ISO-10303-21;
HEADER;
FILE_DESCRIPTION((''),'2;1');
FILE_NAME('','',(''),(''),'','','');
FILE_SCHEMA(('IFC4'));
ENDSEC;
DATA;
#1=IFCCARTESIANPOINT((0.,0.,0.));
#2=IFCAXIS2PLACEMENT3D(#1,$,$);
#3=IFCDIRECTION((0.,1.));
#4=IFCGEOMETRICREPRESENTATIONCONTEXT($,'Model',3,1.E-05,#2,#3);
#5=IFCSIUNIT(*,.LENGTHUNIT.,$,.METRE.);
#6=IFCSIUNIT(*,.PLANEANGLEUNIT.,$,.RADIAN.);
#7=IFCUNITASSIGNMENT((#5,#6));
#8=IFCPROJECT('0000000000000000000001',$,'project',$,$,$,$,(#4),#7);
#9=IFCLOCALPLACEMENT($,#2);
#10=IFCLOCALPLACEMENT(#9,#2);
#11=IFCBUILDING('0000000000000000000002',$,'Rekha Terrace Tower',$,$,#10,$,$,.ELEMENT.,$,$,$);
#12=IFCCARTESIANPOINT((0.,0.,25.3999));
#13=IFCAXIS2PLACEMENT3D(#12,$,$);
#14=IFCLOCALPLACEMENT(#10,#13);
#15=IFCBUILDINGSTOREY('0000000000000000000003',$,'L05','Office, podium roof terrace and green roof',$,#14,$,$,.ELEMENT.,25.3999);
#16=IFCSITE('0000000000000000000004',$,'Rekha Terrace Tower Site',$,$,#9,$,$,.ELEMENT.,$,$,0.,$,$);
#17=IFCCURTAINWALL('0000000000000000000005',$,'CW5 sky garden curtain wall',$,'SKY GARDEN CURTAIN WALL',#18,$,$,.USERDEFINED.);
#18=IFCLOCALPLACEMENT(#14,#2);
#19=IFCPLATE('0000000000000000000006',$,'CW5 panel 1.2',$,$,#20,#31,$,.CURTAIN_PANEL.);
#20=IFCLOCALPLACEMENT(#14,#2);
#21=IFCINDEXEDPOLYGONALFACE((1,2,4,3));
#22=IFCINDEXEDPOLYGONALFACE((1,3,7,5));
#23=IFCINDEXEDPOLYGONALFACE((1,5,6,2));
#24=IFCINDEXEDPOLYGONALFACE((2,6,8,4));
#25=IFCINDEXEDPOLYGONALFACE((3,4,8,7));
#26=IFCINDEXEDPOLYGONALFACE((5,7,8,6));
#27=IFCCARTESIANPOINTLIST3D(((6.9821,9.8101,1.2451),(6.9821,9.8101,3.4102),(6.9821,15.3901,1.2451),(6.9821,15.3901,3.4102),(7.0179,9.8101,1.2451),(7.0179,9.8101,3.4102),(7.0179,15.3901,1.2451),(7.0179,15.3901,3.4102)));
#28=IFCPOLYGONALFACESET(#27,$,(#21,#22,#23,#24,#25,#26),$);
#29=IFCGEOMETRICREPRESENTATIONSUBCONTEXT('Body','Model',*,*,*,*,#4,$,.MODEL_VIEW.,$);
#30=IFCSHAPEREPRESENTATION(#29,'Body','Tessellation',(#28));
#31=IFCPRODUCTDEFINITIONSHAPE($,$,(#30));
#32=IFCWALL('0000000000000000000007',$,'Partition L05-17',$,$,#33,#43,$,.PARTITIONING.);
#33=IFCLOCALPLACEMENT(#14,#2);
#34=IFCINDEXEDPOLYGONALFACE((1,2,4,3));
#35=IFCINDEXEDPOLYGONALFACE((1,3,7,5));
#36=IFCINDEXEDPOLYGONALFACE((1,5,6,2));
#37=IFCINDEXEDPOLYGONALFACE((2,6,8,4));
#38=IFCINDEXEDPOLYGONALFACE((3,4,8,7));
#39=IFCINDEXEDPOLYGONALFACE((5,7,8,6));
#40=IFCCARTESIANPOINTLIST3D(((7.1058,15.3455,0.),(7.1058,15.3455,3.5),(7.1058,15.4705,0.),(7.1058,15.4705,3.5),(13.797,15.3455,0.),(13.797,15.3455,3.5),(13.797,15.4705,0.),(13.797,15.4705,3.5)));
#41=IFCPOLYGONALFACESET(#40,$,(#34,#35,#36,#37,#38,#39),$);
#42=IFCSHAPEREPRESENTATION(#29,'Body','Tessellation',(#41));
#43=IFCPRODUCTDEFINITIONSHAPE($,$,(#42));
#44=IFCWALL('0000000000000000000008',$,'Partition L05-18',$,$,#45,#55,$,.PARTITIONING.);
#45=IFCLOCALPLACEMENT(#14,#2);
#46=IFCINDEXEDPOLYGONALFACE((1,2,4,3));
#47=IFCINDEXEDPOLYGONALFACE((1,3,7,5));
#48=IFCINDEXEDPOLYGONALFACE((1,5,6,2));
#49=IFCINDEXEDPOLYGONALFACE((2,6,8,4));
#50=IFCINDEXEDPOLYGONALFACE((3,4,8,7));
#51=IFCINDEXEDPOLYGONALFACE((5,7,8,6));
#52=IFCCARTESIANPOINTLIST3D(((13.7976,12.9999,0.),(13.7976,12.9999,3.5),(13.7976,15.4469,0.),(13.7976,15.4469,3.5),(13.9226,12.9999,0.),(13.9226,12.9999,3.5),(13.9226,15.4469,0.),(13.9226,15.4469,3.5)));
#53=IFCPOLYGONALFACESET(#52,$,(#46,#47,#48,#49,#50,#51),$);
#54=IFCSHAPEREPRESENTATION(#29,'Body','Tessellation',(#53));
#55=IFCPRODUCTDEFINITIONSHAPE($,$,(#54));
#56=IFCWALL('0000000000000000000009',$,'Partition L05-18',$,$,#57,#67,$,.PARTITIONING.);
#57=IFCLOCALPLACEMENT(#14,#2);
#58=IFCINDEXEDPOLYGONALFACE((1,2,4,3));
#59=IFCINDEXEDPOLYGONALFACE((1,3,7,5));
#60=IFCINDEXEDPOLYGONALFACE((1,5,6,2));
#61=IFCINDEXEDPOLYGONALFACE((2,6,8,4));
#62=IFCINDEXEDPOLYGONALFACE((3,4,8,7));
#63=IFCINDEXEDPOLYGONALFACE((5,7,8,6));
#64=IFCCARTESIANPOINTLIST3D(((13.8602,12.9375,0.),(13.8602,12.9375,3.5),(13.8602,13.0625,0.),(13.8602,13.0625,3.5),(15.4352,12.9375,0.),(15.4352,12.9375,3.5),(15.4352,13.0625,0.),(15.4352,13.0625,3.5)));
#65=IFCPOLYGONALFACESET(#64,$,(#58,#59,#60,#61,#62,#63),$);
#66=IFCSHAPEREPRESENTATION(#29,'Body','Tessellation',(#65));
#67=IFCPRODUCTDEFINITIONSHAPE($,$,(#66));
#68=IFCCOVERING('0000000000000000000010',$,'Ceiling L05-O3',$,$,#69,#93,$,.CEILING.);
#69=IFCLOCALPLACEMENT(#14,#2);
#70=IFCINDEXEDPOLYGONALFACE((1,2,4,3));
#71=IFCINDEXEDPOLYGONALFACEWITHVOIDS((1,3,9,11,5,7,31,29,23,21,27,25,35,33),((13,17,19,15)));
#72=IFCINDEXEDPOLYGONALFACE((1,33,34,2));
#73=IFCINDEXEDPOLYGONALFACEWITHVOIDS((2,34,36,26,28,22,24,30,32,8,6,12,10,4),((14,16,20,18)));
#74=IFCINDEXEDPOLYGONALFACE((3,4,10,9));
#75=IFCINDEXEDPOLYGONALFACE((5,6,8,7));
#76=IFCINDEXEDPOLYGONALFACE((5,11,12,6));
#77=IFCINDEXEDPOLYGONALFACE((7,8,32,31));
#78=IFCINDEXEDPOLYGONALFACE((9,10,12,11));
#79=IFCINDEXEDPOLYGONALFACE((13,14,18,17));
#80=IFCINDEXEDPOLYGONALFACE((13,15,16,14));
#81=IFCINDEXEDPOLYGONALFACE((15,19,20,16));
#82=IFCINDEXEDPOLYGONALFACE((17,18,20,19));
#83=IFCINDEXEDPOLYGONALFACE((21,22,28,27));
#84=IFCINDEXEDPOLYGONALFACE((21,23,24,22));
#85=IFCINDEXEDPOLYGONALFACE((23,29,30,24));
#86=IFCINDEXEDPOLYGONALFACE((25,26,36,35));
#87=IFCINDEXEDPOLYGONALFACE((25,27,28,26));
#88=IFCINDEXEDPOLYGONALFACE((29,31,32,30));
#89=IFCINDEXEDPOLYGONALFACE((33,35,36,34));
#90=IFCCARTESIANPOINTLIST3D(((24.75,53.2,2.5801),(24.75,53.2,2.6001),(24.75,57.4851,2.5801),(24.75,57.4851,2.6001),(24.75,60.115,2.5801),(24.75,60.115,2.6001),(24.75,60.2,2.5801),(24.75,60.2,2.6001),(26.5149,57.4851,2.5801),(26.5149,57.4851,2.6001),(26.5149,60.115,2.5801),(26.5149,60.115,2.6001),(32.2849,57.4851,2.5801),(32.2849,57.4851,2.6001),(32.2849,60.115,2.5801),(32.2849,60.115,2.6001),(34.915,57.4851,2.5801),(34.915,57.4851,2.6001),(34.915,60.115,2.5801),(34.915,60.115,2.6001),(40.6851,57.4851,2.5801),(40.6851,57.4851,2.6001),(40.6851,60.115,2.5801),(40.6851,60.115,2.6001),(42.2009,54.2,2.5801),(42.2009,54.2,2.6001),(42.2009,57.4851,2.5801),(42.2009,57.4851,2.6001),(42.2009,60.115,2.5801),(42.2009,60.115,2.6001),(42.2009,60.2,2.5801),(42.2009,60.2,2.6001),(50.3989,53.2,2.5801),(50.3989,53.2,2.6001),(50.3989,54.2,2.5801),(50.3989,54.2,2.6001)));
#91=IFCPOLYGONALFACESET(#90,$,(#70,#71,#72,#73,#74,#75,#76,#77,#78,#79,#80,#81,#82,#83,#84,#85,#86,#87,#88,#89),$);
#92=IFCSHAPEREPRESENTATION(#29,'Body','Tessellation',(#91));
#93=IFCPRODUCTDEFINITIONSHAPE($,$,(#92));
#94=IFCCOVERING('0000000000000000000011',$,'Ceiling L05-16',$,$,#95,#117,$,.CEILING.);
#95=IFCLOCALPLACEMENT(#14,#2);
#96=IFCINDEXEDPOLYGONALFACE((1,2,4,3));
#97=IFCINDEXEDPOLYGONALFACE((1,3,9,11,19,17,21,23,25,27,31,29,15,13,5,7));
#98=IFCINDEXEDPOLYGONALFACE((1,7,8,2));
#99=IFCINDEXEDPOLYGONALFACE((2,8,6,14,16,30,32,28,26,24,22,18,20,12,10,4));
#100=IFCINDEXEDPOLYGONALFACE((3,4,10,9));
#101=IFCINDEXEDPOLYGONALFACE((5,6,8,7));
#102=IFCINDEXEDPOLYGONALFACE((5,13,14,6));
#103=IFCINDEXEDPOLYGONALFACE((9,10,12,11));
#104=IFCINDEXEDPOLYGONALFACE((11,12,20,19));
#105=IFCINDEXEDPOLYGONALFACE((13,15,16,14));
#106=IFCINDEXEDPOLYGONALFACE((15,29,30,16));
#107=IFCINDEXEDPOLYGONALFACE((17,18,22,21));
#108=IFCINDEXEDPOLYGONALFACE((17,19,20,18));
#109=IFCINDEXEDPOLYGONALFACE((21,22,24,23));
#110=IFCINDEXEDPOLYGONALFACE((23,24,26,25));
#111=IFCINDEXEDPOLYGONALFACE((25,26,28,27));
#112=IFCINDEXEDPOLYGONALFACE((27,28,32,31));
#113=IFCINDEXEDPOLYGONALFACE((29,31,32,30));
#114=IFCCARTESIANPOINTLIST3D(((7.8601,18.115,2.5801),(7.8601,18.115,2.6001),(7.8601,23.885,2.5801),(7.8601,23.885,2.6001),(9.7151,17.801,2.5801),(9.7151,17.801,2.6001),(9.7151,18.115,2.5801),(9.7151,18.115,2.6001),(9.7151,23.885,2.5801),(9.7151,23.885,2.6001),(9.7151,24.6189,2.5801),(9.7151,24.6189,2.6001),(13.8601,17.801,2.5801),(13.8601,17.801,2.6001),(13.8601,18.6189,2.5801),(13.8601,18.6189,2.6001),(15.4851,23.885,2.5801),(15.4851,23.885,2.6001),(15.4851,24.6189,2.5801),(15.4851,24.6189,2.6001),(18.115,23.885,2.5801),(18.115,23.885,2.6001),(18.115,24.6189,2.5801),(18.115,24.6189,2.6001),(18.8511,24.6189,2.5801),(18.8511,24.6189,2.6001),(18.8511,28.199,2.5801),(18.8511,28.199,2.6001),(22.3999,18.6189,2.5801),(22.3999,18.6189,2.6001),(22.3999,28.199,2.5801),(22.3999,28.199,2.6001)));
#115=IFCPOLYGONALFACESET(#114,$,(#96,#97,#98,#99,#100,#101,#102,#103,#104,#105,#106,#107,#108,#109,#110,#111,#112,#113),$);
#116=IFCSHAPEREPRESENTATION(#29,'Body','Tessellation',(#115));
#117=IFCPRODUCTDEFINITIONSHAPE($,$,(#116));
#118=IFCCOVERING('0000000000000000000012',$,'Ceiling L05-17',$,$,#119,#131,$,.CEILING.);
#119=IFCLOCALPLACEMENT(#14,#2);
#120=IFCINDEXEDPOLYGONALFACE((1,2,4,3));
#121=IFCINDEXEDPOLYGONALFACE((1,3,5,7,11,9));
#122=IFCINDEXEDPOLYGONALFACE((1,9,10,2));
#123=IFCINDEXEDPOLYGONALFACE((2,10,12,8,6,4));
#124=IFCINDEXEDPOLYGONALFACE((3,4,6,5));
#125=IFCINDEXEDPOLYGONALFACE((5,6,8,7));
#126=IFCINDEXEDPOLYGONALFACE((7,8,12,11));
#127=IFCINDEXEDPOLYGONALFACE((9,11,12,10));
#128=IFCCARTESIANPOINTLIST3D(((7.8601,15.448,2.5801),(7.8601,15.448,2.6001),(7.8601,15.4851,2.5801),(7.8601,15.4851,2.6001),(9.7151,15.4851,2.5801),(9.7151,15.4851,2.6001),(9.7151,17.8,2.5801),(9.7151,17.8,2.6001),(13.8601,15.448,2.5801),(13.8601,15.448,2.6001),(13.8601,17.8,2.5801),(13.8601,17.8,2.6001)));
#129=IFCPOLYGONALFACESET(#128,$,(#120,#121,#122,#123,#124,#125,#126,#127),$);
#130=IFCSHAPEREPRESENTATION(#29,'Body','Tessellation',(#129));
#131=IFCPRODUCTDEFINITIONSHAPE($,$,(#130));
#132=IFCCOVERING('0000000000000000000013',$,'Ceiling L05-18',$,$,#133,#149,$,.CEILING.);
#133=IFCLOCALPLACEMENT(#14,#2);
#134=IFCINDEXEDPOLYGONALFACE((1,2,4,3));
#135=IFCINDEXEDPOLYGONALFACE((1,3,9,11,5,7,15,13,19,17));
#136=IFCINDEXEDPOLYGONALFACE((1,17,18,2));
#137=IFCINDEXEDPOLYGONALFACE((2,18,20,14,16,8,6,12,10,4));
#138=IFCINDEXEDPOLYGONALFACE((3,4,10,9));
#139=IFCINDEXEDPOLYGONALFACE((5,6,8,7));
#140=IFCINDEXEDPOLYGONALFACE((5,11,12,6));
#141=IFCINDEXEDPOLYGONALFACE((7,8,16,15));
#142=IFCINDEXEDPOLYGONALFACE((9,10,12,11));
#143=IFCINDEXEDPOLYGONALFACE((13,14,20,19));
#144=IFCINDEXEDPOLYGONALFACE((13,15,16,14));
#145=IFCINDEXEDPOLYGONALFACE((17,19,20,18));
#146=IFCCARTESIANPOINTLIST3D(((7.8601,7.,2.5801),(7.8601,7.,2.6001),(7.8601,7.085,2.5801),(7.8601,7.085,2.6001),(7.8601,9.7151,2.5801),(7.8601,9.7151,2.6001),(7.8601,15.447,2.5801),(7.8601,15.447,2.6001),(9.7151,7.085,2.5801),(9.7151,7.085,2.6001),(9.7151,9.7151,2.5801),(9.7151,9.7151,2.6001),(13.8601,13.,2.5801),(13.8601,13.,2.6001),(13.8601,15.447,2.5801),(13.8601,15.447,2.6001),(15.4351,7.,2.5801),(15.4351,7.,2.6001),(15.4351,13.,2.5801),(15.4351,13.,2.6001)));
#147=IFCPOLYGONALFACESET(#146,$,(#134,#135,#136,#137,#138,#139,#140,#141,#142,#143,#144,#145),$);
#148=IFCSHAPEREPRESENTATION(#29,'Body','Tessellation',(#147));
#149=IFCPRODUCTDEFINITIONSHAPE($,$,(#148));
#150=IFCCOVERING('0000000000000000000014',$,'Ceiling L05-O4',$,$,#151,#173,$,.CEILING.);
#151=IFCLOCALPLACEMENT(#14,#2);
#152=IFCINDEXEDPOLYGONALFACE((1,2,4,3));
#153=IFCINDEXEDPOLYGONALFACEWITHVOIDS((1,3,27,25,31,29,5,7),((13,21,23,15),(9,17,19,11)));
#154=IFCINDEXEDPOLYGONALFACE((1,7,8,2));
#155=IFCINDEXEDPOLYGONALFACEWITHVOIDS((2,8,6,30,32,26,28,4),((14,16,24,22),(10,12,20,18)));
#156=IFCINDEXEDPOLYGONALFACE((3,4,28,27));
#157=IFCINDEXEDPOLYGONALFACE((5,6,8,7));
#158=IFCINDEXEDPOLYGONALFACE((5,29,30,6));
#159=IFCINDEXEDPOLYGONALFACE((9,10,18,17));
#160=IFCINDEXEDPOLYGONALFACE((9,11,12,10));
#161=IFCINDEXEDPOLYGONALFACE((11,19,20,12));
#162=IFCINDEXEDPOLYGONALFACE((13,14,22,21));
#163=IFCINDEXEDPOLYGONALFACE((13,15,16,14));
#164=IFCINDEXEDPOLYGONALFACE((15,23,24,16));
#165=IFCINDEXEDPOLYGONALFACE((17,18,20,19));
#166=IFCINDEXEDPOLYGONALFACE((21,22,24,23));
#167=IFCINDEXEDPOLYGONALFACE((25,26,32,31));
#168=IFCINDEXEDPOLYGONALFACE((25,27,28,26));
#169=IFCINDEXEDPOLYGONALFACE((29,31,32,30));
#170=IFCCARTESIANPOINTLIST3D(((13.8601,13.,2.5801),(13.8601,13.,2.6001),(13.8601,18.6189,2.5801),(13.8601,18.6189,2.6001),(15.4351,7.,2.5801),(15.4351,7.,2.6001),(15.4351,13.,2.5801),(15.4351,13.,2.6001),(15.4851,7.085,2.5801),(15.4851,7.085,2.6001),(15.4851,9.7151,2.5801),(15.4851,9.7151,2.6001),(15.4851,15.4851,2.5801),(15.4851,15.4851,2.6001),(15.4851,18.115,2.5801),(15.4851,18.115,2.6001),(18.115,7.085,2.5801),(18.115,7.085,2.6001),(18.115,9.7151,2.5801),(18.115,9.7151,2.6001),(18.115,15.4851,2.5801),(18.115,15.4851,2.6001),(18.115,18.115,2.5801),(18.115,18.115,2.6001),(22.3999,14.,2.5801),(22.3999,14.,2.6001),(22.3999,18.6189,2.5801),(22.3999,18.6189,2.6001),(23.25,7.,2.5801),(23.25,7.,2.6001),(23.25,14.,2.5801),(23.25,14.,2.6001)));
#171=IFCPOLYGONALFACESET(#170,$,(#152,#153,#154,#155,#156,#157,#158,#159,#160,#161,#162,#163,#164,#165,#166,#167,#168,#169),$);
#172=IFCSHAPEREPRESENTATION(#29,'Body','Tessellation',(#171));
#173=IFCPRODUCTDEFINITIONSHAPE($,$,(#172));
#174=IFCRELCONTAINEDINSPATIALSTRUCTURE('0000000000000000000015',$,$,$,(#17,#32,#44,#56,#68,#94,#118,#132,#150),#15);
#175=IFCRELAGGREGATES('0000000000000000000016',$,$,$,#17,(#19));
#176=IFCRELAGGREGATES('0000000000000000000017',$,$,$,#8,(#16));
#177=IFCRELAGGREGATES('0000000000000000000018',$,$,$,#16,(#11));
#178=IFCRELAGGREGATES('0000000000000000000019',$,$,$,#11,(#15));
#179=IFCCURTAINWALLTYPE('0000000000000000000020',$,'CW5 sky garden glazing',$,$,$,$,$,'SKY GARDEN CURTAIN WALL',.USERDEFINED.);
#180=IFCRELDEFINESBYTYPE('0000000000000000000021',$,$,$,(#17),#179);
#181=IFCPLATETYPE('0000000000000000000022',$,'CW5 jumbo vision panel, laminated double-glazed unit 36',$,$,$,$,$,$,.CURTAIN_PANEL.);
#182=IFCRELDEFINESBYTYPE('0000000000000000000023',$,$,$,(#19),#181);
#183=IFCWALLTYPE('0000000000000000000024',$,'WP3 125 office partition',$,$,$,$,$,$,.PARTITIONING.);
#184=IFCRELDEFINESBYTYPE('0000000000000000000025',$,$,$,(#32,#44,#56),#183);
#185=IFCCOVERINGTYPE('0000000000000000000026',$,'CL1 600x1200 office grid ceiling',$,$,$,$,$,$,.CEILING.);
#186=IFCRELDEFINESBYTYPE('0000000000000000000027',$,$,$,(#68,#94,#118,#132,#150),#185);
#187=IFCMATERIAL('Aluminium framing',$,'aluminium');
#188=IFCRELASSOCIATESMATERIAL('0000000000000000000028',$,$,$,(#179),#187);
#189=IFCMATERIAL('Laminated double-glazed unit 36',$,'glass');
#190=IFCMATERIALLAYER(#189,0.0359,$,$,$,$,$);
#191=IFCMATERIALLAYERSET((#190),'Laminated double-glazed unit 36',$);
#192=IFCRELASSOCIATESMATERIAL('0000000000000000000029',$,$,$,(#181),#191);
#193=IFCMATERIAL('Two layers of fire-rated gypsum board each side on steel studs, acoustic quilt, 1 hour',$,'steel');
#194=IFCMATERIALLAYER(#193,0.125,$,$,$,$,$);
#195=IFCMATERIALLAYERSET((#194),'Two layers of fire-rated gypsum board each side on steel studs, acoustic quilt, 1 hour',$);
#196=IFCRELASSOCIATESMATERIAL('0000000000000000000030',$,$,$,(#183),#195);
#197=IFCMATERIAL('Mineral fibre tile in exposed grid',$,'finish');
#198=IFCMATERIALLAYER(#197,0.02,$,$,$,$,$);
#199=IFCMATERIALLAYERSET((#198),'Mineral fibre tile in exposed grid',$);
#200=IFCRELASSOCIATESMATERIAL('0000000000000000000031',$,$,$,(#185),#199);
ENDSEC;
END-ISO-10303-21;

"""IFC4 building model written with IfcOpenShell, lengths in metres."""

from ifc_helpers import new_model, si_unit, direction, frame, frame_2d, origin, origin_2d, place, context, subcontext, project, spatial, polyline, rectangle, outline, extrude, material, layer, layer_set, type_object, element, aggregate, save


model = new_model("IFC4")

# Units and contexts
model_context = context("Model", 3, precision=1e-05, world=origin(), true_north=direction((0.0, 1.0)))
body_context = subcontext(model_context, "Body", "Model", "MODEL_VIEW")
ifc_project = project(units=[si_unit("LENGTHUNIT", "METRE"), si_unit("PLANEANGLEUNIT", "RADIAN")], contexts=[model_context])

# Site, building, storey
site_placement = place(None, origin())
site = spatial("IfcSite", under=ifc_project, at=site_placement, Name="Rekha Terrace Tower Site", CompositionType="ELEMENT", RefElevation=0.0)
building_placement = place(site_placement, origin())
building = spatial("IfcBuilding", under=site, at=building_placement, Name="Rekha Terrace Tower", CompositionType="ELEMENT")
storey_placement = place(building_placement, frame((0.0, 0.0, 25.3999)))
storey = spatial("IfcBuildingStorey", under=building, at=storey_placement, Name="L05", Description="Office, podium roof terrace and green roof", CompositionType="ELEMENT", Elevation=25.3999)

# Shared definitions
ifc_material_1 = material(Name="Aluminium framing", Category="aluminium")
curtain_wall_type = type_object("IfcCurtainWallType", Name="CW5 sky garden glazing", ElementType="SKY GARDEN CURTAIN WALL", PredefinedType="USERDEFINED", material=ifc_material_1)

# Curtain wall
curtain_wall_1_placement = place(storey_placement, origin())
curtain_wall_1 = element("IfcCurtainWall", 1, at=curtain_wall_1_placement, inside=storey, type_object=curtain_wall_type, Name="CW5 sky garden curtain wall", ObjectType="SKY GARDEN CURTAIN WALL", PredefinedType="USERDEFINED")

# Plate
ifc_material_2 = material(Name="Laminated double-glazed unit 36", Category="glass")
ifc_layer_1 = layer(ifc_material_2, 0.0359)
ifc_layer_set_1 = layer_set([ifc_layer_1], Name="Laminated double-glazed unit 36")
plate_type = type_object("IfcPlateType", Name="CW5 jumbo vision panel, laminated double-glazed unit 36", PredefinedType="CURTAIN_PANEL", material=ifc_layer_set_1)
plate_1_placement = place(storey_placement, frame((7.0, 12.6001, 1.2451), z_axis=(0.0, 0.0, 1.0), x_axis=(0.0, -1.0, 0.0)))
plate_1 = element("IfcPlate", 2, at=plate_1_placement, type_object=plate_type, Name="CW5 panel 1.2", PredefinedType="CURTAIN_PANEL", context=body_context, shape_type="SweptSolid", body=[
    extrude(rectangle(XDim=5.5801, YDim=0.0359, at=origin_2d()), origin(), (0.0, 0.0, 1.0), 2.165),
])
aggregate(curtain_wall_1, [plate_1])

# Walls
ifc_material_3 = material(Name="Two layers of fire-rated gypsum board each side on steel studs, acoustic quilt, 1 hour", Category="steel")
ifc_layer_2 = layer(ifc_material_3, 0.125)
ifc_layer_set_2 = layer_set([ifc_layer_2], Name="Two layers of fire-rated gypsum board each side on steel studs, acoustic quilt, 1 hour")
wall_type = type_object("IfcWallType", Name="WP3 125 office partition", PredefinedType="PARTITIONING", material=ifc_layer_set_2)
wall_1_placement = place(storey_placement, frame((13.7971, 15.408, 0.0), z_axis=(0.0, 0.0, 1.0), x_axis=(-1.0, 0.0, 0.0)))
element("IfcWall", 3, at=wall_1_placement, inside=storey, type_object=wall_type, Name="Partition L05-17", PredefinedType="PARTITIONING", context=body_context, shape_type="SweptSolid", body=[
    extrude(rectangle(XDim=6.6912, YDim=0.125, at=frame_2d((3.3457, 0.0))), origin(), (0.0, 0.0, 1.0), 3.5),
])
wall_2_placement = place(storey_placement, frame((13.8601, 15.447, 0.0), z_axis=(0.0, 0.0, 1.0), x_axis=(0.0, -1.0, 0.0)))
element("IfcWall", 4, at=wall_2_placement, inside=storey, type_object=wall_type, Name="Partition L05-18", PredefinedType="PARTITIONING", context=body_context, shape_type="SweptSolid", body=[
    extrude(rectangle(XDim=2.447, YDim=0.125, at=frame_2d((1.2236, 0.0))), origin(), (0.0, 0.0, 1.0), 3.5),
])
wall_3_placement = place(storey_placement, frame((13.8601, 13.0, 0.0), z_axis=(0.0, 0.0, 1.0), x_axis=(1.0, 0.0, 0.0)))
element("IfcWall", 5, at=wall_3_placement, inside=storey, type_object=wall_type, Name="Partition L05-18", PredefinedType="PARTITIONING", context=body_context, shape_type="SweptSolid", body=[
    extrude(rectangle(XDim=1.575, YDim=0.125, at=frame_2d((0.7876, 0.0))), origin(), (0.0, 0.0, 1.0), 3.5),
])

# Coverings
ifc_material_4 = material(Name="Mineral fibre tile in exposed grid", Category="finish")
ifc_layer_3 = layer(ifc_material_4, 0.02)
ifc_layer_set_3 = layer_set([ifc_layer_3], Name="Mineral fibre tile in exposed grid")
covering_type_1 = type_object("IfcCoveringType", Name="CL1 600x1200 office grid ceiling", PredefinedType="CEILING", material=ifc_layer_set_3)
covering_1_placement = place(storey_placement, frame((0.0, 0.0, 2.5801)))
element("IfcCovering", 6, at=covering_1_placement, inside=storey, type_object=covering_type_1, Name="Ceiling L05-O3", PredefinedType="CEILING", context=body_context, shape_type="SweptSolid", body=[
    extrude(outline(polyline([(24.75, 57.4851), (24.75, 53.2), (50.3989, 53.2), (50.3989, 54.2), (42.2009, 54.2), (42.2009, 57.4851), (40.6851, 57.4851), (40.6851, 60.115), (42.2009, 60.115), (42.2009, 60.2), (24.75, 60.2), (24.75, 60.115), (26.5149, 60.115), (26.5149, 57.4851), (24.75, 57.4851)]), holes=[polyline([(34.915, 57.4851), (32.2849, 57.4851), (32.2849, 60.115), (34.915, 60.115), (34.915, 57.4851)])]), origin(), (0.0, 0.0, 1.0), 0.02),
])
covering_2_placement = place(storey_placement, frame((0.0, 0.0, 2.5801)))
element("IfcCovering", 7, at=covering_2_placement, inside=storey, type_object=covering_type_1, Name="Ceiling L05-16", PredefinedType="CEILING", context=body_context, shape_type="SweptSolid", body=[
    extrude(outline(polyline([(9.7151, 18.115), (9.7151, 17.801), (13.8601, 17.801), (13.8601, 18.6189), (22.3999, 18.6189), (22.3999, 28.199), (18.8511, 28.199), (18.8511, 24.6189), (18.115, 24.6189), (18.115, 23.885), (15.4851, 23.885), (15.4851, 24.6189), (9.7151, 24.6189), (9.7151, 23.885), (7.8601, 23.885), (7.8601, 18.115), (9.7151, 18.115)])), origin(), (0.0, 0.0, 1.0), 0.02),
])
covering_3_placement = place(storey_placement, frame((0.0, 0.0, 2.5801)))
element("IfcCovering", 8, at=covering_3_placement, inside=storey, type_object=covering_type_1, Name="Ceiling L05-17", PredefinedType="CEILING", context=body_context, shape_type="SweptSolid", body=[
    extrude(outline(polyline([(9.7151, 15.4851), (7.8601, 15.4851), (7.8601, 15.448), (13.8601, 15.448), (13.8601, 17.8), (9.7151, 17.8), (9.7151, 15.4851)])), origin(), (0.0, 0.0, 1.0), 0.02),
])
covering_4_placement = place(storey_placement, frame((0.0, 0.0, 2.5801)))
element("IfcCovering", 9, at=covering_4_placement, inside=storey, type_object=covering_type_1, Name="Ceiling L05-18", PredefinedType="CEILING", context=body_context, shape_type="SweptSolid", body=[
    extrude(outline(polyline([(7.8601, 7.0), (15.4351, 7.0), (15.4351, 13.0), (13.8601, 13.0), (13.8601, 15.447), (7.8601, 15.447), (7.8601, 9.7151), (9.7151, 9.7151), (9.7151, 7.085), (7.8601, 7.085), (7.8601, 7.0)])), origin(), (0.0, 0.0, 1.0), 0.02),
])
covering_5_placement = place(storey_placement, frame((0.0, 0.0, 2.5801)))
element("IfcCovering", 10, at=covering_5_placement, inside=storey, type_object=covering_type_1, Name="Ceiling L05-O4", PredefinedType="CEILING", context=body_context, shape_type="SweptSolid", body=[
    extrude(outline(polyline([(22.3999, 18.6189), (13.8601, 18.6189), (13.8601, 13.0), (15.4351, 13.0), (15.4351, 7.0), (23.25, 7.0), (23.25, 14.0), (22.3999, 14.0), (22.3999, 18.6189)]), holes=[polyline([(18.115, 7.085), (15.4851, 7.085), (15.4851, 9.7151), (18.115, 9.7151), (18.115, 7.085)]), polyline([(18.115, 15.4851), (15.4851, 15.4851), (15.4851, 18.115), (18.115, 18.115), (18.115, 15.4851)])]), origin(), (0.0, 0.0, 1.0), 0.02),
])

save(model, "model.ifc")
